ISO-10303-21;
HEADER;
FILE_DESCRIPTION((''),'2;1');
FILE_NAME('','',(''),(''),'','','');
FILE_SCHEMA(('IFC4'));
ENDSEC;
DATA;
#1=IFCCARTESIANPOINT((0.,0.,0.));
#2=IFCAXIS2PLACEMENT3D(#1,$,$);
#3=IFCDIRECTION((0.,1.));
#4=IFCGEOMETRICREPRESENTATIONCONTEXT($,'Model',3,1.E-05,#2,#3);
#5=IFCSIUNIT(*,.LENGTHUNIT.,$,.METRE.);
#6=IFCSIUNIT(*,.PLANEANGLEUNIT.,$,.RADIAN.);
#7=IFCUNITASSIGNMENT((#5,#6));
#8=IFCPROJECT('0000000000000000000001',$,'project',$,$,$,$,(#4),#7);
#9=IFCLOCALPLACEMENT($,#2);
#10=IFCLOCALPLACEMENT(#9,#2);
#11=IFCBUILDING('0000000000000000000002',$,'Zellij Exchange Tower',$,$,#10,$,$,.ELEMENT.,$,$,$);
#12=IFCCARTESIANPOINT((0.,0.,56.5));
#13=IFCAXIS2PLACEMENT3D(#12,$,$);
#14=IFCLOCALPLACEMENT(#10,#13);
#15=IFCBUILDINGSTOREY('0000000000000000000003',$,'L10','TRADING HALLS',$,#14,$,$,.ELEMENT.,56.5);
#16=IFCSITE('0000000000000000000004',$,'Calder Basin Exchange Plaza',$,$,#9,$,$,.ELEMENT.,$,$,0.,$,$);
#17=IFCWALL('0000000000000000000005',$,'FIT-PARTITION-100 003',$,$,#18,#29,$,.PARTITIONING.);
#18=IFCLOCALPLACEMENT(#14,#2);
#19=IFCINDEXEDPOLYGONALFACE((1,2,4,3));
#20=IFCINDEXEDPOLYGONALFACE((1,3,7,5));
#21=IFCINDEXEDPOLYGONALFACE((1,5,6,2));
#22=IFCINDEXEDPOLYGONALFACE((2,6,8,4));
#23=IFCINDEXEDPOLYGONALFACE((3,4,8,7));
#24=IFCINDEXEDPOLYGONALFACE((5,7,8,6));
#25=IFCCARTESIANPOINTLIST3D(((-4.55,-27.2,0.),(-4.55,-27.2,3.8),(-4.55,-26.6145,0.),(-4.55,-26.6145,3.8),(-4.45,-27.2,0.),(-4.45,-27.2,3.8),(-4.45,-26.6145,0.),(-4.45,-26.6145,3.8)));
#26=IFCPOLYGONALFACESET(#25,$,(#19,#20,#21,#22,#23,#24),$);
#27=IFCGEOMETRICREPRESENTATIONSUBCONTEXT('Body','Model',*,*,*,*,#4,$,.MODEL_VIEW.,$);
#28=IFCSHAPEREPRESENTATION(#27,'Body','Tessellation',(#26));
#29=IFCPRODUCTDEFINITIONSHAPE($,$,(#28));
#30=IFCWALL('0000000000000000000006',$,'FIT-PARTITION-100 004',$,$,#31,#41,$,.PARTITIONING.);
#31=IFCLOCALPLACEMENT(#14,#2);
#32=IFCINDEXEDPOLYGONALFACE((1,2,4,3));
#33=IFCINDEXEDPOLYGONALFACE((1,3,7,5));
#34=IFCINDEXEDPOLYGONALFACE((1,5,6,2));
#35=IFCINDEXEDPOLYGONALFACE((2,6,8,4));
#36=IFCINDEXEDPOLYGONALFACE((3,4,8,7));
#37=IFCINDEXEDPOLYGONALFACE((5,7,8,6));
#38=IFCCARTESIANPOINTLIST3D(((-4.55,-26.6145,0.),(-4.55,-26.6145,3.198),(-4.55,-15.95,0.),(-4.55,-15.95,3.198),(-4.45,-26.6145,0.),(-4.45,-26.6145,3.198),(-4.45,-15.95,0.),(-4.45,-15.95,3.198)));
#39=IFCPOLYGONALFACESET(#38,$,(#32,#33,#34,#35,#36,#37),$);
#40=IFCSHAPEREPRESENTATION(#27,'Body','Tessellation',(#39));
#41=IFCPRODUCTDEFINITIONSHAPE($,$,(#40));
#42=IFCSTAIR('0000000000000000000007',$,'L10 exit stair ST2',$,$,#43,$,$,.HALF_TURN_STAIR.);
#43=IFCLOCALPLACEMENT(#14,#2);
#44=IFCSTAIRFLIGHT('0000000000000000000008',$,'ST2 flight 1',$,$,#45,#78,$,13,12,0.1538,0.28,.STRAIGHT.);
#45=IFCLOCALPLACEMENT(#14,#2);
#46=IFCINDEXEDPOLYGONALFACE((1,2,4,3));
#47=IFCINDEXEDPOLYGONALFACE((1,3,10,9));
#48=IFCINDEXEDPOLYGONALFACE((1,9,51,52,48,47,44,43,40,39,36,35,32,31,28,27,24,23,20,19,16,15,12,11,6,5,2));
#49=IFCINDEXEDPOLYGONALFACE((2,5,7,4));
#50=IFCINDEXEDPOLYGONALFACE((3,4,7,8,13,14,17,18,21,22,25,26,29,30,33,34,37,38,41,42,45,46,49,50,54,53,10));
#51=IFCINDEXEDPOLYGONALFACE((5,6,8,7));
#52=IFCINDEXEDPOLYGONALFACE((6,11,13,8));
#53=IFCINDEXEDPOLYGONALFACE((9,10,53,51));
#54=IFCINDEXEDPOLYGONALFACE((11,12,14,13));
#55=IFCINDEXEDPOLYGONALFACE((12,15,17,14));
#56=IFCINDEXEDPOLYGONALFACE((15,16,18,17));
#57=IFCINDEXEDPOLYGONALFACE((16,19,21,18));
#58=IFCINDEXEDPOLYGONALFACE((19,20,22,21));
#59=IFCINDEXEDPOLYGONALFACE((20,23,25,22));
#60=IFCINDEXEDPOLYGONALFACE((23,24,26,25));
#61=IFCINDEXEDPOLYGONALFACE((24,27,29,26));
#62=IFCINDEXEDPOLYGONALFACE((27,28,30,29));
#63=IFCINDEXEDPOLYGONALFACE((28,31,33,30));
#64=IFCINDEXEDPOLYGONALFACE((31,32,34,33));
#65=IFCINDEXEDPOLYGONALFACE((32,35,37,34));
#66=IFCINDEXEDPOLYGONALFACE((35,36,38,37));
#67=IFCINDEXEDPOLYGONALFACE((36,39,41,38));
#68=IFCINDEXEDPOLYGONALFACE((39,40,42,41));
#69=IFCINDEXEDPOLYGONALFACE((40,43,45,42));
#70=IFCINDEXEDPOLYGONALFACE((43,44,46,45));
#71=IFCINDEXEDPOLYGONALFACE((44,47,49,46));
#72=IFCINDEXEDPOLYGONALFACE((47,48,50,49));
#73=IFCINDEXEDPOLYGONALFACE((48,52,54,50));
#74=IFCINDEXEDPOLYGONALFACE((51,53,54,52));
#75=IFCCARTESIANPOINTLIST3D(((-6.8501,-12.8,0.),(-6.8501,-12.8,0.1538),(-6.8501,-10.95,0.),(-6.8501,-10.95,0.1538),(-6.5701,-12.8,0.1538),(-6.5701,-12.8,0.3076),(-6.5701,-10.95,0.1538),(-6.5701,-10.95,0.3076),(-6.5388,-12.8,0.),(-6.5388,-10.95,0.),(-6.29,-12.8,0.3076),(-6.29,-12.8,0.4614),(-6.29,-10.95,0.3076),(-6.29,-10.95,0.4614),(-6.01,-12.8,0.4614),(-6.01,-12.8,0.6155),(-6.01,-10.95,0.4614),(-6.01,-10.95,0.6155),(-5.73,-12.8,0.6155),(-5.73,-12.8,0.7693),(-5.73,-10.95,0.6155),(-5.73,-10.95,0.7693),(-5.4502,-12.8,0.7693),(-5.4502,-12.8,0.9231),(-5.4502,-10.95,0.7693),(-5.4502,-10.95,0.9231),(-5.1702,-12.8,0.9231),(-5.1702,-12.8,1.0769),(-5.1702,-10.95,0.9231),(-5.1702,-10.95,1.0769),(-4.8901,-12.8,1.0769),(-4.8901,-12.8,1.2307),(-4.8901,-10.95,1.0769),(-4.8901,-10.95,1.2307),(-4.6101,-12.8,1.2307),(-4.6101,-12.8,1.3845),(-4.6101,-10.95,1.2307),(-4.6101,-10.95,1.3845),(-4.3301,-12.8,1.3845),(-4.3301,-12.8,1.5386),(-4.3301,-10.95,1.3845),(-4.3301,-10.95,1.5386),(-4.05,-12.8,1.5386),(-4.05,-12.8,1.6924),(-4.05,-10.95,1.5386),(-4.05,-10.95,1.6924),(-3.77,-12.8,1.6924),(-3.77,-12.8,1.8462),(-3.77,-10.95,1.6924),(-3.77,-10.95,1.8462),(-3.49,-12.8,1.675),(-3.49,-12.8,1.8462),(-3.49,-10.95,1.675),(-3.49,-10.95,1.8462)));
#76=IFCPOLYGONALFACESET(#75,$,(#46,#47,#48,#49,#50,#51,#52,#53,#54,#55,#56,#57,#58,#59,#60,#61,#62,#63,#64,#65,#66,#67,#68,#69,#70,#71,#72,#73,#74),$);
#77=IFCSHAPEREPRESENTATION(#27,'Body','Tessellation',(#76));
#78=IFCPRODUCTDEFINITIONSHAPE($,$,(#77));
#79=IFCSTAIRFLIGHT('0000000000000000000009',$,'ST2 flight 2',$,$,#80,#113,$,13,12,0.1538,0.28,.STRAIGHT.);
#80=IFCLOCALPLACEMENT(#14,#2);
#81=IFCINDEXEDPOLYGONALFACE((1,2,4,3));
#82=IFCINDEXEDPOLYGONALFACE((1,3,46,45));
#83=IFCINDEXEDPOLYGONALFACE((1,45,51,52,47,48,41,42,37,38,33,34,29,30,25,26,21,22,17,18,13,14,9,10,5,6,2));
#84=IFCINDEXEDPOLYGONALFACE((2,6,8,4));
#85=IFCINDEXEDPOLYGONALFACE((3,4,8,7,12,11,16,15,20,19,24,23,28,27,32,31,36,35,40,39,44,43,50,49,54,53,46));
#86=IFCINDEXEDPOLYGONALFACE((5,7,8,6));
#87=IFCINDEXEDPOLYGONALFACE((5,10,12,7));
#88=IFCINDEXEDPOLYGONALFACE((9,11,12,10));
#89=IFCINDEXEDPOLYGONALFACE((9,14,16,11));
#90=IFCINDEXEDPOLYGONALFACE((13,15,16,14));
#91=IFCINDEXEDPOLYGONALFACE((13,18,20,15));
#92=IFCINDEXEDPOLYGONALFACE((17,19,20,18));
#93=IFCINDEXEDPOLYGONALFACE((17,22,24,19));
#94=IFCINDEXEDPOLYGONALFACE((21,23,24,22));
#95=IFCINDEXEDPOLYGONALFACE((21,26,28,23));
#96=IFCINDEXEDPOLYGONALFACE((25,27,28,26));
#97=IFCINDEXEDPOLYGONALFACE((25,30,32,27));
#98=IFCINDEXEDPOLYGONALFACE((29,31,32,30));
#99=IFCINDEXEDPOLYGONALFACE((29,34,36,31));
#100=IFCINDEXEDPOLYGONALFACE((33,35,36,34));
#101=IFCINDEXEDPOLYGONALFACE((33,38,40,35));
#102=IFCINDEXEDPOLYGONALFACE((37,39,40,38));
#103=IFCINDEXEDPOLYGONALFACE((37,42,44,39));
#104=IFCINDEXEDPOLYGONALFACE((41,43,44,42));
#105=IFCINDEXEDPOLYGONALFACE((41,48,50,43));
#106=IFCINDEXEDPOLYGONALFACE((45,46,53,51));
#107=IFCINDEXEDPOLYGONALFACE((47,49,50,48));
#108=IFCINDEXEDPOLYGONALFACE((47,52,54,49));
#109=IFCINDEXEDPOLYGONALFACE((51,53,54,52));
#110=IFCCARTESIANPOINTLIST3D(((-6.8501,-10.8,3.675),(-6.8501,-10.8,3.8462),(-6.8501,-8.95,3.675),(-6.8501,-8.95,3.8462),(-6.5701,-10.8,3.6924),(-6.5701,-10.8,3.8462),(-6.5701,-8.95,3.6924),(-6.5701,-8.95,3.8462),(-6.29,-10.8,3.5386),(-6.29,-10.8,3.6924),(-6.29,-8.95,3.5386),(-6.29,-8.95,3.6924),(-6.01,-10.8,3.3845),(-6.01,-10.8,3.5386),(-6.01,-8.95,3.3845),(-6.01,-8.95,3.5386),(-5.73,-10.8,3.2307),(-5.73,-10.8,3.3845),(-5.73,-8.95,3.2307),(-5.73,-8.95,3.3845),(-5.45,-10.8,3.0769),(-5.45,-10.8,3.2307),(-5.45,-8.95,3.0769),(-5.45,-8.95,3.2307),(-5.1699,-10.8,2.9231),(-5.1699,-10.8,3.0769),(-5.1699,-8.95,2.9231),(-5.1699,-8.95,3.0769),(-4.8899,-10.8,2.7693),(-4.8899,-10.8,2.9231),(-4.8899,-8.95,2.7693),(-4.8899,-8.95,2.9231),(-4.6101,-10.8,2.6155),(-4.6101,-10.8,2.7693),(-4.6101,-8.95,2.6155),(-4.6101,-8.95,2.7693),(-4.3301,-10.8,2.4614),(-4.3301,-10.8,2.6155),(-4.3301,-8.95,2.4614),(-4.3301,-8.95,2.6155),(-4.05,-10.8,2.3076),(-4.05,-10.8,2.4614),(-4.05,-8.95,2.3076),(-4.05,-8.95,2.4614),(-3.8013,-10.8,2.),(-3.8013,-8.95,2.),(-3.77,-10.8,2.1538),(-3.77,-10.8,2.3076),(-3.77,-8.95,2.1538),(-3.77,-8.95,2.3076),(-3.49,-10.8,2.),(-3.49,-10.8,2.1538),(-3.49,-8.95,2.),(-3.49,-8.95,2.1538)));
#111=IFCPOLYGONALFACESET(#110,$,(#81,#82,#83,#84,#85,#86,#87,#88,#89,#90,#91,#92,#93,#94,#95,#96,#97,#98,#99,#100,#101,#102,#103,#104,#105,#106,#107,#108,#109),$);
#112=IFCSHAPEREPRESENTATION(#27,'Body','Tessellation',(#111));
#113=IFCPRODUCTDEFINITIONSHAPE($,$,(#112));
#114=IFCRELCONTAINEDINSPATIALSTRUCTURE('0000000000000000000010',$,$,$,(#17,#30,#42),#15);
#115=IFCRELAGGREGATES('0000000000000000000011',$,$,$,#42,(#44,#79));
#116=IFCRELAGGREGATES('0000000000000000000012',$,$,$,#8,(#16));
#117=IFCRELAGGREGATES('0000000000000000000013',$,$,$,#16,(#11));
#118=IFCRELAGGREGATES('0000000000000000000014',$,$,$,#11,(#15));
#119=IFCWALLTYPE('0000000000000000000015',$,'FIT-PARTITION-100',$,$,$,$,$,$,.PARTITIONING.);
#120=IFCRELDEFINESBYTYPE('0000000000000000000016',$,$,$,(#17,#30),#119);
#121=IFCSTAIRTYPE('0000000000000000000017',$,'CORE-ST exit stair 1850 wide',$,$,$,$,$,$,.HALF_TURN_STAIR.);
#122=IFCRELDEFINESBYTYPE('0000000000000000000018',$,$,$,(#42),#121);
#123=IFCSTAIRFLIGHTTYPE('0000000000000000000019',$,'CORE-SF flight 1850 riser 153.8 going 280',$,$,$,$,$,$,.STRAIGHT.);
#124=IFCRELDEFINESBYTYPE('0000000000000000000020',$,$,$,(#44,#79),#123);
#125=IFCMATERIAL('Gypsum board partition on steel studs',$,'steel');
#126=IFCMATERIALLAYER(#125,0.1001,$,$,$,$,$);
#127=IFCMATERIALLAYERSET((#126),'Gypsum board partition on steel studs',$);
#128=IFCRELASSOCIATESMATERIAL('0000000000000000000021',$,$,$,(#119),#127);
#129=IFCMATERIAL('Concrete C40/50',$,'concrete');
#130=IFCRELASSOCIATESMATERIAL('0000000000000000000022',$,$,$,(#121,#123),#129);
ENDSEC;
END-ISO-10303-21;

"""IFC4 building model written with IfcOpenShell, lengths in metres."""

from ifc_helpers import new_model, si_unit, direction, frame, frame_2d, origin, place, context, subcontext, project, spatial, polyline, rectangle, outline, extrude, material, layer, layer_set, type_object, element, aggregate, save


model = new_model("IFC4")

# Units and contexts
model_context = context("Model", 3, precision=1e-05, world=origin(), true_north=direction((0.0, 1.0)))
body_context = subcontext(model_context, "Body", "Model", "MODEL_VIEW")
ifc_project = project(units=[si_unit("LENGTHUNIT", "METRE"), si_unit("PLANEANGLEUNIT", "RADIAN")], contexts=[model_context])

# Site, building, storey
site_placement = place(None, origin())
site = spatial("IfcSite", under=ifc_project, at=site_placement, Name="Calder Basin Exchange Plaza", CompositionType="ELEMENT", RefElevation=0.0)
building_placement = place(site_placement, origin())
building = spatial("IfcBuilding", under=site, at=building_placement, Name="Zellij Exchange Tower", CompositionType="ELEMENT")
storey_placement = place(building_placement, frame((0.0, 0.0, 56.5)))
storey = spatial("IfcBuildingStorey", under=building, at=storey_placement, Name="L10", Description="TRADING HALLS", CompositionType="ELEMENT", Elevation=56.5)

# Walls
ifc_material_1 = material(Name="Gypsum board partition on steel studs", Category="steel")
ifc_layer_1 = layer(ifc_material_1, 0.1001)
ifc_layer_set_1 = layer_set([ifc_layer_1], Name="Gypsum board partition on steel studs")
wall_type_1 = type_object("IfcWallType", Name="FIT-PARTITION-100", PredefinedType="PARTITIONING", material=ifc_layer_set_1)
wall_1_placement = place(storey_placement, frame((-4.5, -27.2, 0.0), z_axis=(0.0, 0.0, 1.0), x_axis=(0.0, 1.0, 0.0)))
element("IfcWall", 1, at=wall_1_placement, inside=storey, type_object=wall_type_1, Name="FIT-PARTITION-100 003", PredefinedType="PARTITIONING", context=body_context, shape_type="SweptSolid", body=[
    extrude(rectangle(XDim=0.5854, YDim=0.1001, at=frame_2d((0.2927, 0.0))), origin(), (0.0, 0.0, 1.0), 3.8),
])
wall_2_placement = place(storey_placement, frame((-4.5, -26.6145, 0.0), z_axis=(0.0, 0.0, 1.0), x_axis=(0.0, 1.0, 0.0)))
element("IfcWall", 2, at=wall_2_placement, inside=storey, type_object=wall_type_1, Name="FIT-PARTITION-100 004", PredefinedType="PARTITIONING", context=body_context, shape_type="SweptSolid", body=[
    extrude(rectangle(XDim=10.6646, YDim=0.1001, at=frame_2d((5.3323, 0.0))), origin(), (0.0, 0.0, 1.0), 3.198),
])

# Stair, stair flights
ifc_material_2 = material(Name="Concrete C40/50", Category="concrete")
stair_type = type_object("IfcStairType", Name="CORE-ST exit stair 1850 wide", PredefinedType="HALF_TURN_STAIR", material=ifc_material_2)
stair_placement = place(storey_placement, origin())
stair = element("IfcStair", 3, at=stair_placement, inside=storey, type_object=stair_type, Name="L10 exit stair ST2", PredefinedType="HALF_TURN_STAIR")
stair_flight_type = type_object("IfcStairFlightType", Name="CORE-SF flight 1850 riser 153.8 going 280", PredefinedType="STRAIGHT", material=ifc_material_2)
stair_flight_1_placement = place(storey_placement, frame((-6.8501, -11.875, 0.0), z_axis=(0.0, 0.0, 1.0), x_axis=(1.0, 0.0, 0.0)))
stair_flight_1 = element("IfcStairFlight", 4, at=stair_flight_1_placement, type_object=stair_flight_type, Name="ST2 flight 1", NumberOfRisers=13, NumberOfTreads=12, PredefinedType="STRAIGHT", RiserHeight=0.1538, TreadLength=0.28, context=body_context, shape_type="SweptSolid", body=[
    extrude(outline(polyline([(0.0, 0.0), (0.0, 0.1538), (0.28, 0.1538), (0.28, 0.3076), (0.5601, 0.3076), (0.5601, 0.4614), (0.8401, 0.4614), (0.8401, 0.6155), (1.1201, 0.6155), (1.1201, 0.7693), (1.3999, 0.7693), (1.3999, 0.9231), (1.6799, 0.9231), (1.6799, 1.0769), (1.96, 1.0769), (1.96, 1.2307), (2.24, 1.2307), (2.24, 1.3845), (2.52, 1.3845), (2.52, 1.5386), (2.8, 1.5386), (2.8, 1.6924), (3.0801, 1.6924), (3.0801, 1.8462), (3.3601, 1.8462), (3.3601, 2.0), (3.3601, 1.675), (0.3113, 0.0), (0.0, 0.0)])), frame((0.0, 0.925, 0.0), z_axis=(0.0, -1.0, 0.0), x_axis=(1.0, 0.0, 0.0)), (0.0, 0.0, 1.0), 1.8501),
])
stair_flight_2_placement = place(storey_placement, frame((-3.49, -9.875, 2.0), z_axis=(0.0, 0.0, 1.0), x_axis=(-1.0, 0.0, 0.0)))
stair_flight_2 = element("IfcStairFlight", 5, at=stair_flight_2_placement, type_object=stair_flight_type, Name="ST2 flight 2", NumberOfRisers=13, NumberOfTreads=12, PredefinedType="STRAIGHT", RiserHeight=0.1538, TreadLength=0.28, context=body_context, shape_type="SweptSolid", body=[
    extrude(outline(polyline([(0.0, 0.0), (0.0, 0.1538), (0.28, 0.1538), (0.28, 0.3076), (0.5601, 0.3076), (0.5601, 0.4614), (0.8401, 0.4614), (0.8401, 0.6155), (1.1201, 0.6155), (1.1201, 0.7693), (1.3999, 0.7693), (1.3999, 0.9231), (1.6799, 0.9231), (1.6799, 1.0769), (1.96, 1.0769), (1.96, 1.2307), (2.24, 1.2307), (2.24, 1.3845), (2.52, 1.3845), (2.52, 1.5386), (2.8, 1.5386), (2.8, 1.6924), (3.0801, 1.6924), (3.0801, 1.8462), (3.3601, 1.8462), (3.3601, 2.0), (3.3601, 1.675), (0.3113, 0.0), (0.0, 0.0)])), frame((0.0, 0.925, 0.0), z_axis=(0.0, -1.0, 0.0), x_axis=(1.0, 0.0, 0.0)), (0.0, 0.0, 1.0), 1.8501),
])
aggregate(stair, [stair_flight_1, stair_flight_2])

save(model, "model.ifc")
